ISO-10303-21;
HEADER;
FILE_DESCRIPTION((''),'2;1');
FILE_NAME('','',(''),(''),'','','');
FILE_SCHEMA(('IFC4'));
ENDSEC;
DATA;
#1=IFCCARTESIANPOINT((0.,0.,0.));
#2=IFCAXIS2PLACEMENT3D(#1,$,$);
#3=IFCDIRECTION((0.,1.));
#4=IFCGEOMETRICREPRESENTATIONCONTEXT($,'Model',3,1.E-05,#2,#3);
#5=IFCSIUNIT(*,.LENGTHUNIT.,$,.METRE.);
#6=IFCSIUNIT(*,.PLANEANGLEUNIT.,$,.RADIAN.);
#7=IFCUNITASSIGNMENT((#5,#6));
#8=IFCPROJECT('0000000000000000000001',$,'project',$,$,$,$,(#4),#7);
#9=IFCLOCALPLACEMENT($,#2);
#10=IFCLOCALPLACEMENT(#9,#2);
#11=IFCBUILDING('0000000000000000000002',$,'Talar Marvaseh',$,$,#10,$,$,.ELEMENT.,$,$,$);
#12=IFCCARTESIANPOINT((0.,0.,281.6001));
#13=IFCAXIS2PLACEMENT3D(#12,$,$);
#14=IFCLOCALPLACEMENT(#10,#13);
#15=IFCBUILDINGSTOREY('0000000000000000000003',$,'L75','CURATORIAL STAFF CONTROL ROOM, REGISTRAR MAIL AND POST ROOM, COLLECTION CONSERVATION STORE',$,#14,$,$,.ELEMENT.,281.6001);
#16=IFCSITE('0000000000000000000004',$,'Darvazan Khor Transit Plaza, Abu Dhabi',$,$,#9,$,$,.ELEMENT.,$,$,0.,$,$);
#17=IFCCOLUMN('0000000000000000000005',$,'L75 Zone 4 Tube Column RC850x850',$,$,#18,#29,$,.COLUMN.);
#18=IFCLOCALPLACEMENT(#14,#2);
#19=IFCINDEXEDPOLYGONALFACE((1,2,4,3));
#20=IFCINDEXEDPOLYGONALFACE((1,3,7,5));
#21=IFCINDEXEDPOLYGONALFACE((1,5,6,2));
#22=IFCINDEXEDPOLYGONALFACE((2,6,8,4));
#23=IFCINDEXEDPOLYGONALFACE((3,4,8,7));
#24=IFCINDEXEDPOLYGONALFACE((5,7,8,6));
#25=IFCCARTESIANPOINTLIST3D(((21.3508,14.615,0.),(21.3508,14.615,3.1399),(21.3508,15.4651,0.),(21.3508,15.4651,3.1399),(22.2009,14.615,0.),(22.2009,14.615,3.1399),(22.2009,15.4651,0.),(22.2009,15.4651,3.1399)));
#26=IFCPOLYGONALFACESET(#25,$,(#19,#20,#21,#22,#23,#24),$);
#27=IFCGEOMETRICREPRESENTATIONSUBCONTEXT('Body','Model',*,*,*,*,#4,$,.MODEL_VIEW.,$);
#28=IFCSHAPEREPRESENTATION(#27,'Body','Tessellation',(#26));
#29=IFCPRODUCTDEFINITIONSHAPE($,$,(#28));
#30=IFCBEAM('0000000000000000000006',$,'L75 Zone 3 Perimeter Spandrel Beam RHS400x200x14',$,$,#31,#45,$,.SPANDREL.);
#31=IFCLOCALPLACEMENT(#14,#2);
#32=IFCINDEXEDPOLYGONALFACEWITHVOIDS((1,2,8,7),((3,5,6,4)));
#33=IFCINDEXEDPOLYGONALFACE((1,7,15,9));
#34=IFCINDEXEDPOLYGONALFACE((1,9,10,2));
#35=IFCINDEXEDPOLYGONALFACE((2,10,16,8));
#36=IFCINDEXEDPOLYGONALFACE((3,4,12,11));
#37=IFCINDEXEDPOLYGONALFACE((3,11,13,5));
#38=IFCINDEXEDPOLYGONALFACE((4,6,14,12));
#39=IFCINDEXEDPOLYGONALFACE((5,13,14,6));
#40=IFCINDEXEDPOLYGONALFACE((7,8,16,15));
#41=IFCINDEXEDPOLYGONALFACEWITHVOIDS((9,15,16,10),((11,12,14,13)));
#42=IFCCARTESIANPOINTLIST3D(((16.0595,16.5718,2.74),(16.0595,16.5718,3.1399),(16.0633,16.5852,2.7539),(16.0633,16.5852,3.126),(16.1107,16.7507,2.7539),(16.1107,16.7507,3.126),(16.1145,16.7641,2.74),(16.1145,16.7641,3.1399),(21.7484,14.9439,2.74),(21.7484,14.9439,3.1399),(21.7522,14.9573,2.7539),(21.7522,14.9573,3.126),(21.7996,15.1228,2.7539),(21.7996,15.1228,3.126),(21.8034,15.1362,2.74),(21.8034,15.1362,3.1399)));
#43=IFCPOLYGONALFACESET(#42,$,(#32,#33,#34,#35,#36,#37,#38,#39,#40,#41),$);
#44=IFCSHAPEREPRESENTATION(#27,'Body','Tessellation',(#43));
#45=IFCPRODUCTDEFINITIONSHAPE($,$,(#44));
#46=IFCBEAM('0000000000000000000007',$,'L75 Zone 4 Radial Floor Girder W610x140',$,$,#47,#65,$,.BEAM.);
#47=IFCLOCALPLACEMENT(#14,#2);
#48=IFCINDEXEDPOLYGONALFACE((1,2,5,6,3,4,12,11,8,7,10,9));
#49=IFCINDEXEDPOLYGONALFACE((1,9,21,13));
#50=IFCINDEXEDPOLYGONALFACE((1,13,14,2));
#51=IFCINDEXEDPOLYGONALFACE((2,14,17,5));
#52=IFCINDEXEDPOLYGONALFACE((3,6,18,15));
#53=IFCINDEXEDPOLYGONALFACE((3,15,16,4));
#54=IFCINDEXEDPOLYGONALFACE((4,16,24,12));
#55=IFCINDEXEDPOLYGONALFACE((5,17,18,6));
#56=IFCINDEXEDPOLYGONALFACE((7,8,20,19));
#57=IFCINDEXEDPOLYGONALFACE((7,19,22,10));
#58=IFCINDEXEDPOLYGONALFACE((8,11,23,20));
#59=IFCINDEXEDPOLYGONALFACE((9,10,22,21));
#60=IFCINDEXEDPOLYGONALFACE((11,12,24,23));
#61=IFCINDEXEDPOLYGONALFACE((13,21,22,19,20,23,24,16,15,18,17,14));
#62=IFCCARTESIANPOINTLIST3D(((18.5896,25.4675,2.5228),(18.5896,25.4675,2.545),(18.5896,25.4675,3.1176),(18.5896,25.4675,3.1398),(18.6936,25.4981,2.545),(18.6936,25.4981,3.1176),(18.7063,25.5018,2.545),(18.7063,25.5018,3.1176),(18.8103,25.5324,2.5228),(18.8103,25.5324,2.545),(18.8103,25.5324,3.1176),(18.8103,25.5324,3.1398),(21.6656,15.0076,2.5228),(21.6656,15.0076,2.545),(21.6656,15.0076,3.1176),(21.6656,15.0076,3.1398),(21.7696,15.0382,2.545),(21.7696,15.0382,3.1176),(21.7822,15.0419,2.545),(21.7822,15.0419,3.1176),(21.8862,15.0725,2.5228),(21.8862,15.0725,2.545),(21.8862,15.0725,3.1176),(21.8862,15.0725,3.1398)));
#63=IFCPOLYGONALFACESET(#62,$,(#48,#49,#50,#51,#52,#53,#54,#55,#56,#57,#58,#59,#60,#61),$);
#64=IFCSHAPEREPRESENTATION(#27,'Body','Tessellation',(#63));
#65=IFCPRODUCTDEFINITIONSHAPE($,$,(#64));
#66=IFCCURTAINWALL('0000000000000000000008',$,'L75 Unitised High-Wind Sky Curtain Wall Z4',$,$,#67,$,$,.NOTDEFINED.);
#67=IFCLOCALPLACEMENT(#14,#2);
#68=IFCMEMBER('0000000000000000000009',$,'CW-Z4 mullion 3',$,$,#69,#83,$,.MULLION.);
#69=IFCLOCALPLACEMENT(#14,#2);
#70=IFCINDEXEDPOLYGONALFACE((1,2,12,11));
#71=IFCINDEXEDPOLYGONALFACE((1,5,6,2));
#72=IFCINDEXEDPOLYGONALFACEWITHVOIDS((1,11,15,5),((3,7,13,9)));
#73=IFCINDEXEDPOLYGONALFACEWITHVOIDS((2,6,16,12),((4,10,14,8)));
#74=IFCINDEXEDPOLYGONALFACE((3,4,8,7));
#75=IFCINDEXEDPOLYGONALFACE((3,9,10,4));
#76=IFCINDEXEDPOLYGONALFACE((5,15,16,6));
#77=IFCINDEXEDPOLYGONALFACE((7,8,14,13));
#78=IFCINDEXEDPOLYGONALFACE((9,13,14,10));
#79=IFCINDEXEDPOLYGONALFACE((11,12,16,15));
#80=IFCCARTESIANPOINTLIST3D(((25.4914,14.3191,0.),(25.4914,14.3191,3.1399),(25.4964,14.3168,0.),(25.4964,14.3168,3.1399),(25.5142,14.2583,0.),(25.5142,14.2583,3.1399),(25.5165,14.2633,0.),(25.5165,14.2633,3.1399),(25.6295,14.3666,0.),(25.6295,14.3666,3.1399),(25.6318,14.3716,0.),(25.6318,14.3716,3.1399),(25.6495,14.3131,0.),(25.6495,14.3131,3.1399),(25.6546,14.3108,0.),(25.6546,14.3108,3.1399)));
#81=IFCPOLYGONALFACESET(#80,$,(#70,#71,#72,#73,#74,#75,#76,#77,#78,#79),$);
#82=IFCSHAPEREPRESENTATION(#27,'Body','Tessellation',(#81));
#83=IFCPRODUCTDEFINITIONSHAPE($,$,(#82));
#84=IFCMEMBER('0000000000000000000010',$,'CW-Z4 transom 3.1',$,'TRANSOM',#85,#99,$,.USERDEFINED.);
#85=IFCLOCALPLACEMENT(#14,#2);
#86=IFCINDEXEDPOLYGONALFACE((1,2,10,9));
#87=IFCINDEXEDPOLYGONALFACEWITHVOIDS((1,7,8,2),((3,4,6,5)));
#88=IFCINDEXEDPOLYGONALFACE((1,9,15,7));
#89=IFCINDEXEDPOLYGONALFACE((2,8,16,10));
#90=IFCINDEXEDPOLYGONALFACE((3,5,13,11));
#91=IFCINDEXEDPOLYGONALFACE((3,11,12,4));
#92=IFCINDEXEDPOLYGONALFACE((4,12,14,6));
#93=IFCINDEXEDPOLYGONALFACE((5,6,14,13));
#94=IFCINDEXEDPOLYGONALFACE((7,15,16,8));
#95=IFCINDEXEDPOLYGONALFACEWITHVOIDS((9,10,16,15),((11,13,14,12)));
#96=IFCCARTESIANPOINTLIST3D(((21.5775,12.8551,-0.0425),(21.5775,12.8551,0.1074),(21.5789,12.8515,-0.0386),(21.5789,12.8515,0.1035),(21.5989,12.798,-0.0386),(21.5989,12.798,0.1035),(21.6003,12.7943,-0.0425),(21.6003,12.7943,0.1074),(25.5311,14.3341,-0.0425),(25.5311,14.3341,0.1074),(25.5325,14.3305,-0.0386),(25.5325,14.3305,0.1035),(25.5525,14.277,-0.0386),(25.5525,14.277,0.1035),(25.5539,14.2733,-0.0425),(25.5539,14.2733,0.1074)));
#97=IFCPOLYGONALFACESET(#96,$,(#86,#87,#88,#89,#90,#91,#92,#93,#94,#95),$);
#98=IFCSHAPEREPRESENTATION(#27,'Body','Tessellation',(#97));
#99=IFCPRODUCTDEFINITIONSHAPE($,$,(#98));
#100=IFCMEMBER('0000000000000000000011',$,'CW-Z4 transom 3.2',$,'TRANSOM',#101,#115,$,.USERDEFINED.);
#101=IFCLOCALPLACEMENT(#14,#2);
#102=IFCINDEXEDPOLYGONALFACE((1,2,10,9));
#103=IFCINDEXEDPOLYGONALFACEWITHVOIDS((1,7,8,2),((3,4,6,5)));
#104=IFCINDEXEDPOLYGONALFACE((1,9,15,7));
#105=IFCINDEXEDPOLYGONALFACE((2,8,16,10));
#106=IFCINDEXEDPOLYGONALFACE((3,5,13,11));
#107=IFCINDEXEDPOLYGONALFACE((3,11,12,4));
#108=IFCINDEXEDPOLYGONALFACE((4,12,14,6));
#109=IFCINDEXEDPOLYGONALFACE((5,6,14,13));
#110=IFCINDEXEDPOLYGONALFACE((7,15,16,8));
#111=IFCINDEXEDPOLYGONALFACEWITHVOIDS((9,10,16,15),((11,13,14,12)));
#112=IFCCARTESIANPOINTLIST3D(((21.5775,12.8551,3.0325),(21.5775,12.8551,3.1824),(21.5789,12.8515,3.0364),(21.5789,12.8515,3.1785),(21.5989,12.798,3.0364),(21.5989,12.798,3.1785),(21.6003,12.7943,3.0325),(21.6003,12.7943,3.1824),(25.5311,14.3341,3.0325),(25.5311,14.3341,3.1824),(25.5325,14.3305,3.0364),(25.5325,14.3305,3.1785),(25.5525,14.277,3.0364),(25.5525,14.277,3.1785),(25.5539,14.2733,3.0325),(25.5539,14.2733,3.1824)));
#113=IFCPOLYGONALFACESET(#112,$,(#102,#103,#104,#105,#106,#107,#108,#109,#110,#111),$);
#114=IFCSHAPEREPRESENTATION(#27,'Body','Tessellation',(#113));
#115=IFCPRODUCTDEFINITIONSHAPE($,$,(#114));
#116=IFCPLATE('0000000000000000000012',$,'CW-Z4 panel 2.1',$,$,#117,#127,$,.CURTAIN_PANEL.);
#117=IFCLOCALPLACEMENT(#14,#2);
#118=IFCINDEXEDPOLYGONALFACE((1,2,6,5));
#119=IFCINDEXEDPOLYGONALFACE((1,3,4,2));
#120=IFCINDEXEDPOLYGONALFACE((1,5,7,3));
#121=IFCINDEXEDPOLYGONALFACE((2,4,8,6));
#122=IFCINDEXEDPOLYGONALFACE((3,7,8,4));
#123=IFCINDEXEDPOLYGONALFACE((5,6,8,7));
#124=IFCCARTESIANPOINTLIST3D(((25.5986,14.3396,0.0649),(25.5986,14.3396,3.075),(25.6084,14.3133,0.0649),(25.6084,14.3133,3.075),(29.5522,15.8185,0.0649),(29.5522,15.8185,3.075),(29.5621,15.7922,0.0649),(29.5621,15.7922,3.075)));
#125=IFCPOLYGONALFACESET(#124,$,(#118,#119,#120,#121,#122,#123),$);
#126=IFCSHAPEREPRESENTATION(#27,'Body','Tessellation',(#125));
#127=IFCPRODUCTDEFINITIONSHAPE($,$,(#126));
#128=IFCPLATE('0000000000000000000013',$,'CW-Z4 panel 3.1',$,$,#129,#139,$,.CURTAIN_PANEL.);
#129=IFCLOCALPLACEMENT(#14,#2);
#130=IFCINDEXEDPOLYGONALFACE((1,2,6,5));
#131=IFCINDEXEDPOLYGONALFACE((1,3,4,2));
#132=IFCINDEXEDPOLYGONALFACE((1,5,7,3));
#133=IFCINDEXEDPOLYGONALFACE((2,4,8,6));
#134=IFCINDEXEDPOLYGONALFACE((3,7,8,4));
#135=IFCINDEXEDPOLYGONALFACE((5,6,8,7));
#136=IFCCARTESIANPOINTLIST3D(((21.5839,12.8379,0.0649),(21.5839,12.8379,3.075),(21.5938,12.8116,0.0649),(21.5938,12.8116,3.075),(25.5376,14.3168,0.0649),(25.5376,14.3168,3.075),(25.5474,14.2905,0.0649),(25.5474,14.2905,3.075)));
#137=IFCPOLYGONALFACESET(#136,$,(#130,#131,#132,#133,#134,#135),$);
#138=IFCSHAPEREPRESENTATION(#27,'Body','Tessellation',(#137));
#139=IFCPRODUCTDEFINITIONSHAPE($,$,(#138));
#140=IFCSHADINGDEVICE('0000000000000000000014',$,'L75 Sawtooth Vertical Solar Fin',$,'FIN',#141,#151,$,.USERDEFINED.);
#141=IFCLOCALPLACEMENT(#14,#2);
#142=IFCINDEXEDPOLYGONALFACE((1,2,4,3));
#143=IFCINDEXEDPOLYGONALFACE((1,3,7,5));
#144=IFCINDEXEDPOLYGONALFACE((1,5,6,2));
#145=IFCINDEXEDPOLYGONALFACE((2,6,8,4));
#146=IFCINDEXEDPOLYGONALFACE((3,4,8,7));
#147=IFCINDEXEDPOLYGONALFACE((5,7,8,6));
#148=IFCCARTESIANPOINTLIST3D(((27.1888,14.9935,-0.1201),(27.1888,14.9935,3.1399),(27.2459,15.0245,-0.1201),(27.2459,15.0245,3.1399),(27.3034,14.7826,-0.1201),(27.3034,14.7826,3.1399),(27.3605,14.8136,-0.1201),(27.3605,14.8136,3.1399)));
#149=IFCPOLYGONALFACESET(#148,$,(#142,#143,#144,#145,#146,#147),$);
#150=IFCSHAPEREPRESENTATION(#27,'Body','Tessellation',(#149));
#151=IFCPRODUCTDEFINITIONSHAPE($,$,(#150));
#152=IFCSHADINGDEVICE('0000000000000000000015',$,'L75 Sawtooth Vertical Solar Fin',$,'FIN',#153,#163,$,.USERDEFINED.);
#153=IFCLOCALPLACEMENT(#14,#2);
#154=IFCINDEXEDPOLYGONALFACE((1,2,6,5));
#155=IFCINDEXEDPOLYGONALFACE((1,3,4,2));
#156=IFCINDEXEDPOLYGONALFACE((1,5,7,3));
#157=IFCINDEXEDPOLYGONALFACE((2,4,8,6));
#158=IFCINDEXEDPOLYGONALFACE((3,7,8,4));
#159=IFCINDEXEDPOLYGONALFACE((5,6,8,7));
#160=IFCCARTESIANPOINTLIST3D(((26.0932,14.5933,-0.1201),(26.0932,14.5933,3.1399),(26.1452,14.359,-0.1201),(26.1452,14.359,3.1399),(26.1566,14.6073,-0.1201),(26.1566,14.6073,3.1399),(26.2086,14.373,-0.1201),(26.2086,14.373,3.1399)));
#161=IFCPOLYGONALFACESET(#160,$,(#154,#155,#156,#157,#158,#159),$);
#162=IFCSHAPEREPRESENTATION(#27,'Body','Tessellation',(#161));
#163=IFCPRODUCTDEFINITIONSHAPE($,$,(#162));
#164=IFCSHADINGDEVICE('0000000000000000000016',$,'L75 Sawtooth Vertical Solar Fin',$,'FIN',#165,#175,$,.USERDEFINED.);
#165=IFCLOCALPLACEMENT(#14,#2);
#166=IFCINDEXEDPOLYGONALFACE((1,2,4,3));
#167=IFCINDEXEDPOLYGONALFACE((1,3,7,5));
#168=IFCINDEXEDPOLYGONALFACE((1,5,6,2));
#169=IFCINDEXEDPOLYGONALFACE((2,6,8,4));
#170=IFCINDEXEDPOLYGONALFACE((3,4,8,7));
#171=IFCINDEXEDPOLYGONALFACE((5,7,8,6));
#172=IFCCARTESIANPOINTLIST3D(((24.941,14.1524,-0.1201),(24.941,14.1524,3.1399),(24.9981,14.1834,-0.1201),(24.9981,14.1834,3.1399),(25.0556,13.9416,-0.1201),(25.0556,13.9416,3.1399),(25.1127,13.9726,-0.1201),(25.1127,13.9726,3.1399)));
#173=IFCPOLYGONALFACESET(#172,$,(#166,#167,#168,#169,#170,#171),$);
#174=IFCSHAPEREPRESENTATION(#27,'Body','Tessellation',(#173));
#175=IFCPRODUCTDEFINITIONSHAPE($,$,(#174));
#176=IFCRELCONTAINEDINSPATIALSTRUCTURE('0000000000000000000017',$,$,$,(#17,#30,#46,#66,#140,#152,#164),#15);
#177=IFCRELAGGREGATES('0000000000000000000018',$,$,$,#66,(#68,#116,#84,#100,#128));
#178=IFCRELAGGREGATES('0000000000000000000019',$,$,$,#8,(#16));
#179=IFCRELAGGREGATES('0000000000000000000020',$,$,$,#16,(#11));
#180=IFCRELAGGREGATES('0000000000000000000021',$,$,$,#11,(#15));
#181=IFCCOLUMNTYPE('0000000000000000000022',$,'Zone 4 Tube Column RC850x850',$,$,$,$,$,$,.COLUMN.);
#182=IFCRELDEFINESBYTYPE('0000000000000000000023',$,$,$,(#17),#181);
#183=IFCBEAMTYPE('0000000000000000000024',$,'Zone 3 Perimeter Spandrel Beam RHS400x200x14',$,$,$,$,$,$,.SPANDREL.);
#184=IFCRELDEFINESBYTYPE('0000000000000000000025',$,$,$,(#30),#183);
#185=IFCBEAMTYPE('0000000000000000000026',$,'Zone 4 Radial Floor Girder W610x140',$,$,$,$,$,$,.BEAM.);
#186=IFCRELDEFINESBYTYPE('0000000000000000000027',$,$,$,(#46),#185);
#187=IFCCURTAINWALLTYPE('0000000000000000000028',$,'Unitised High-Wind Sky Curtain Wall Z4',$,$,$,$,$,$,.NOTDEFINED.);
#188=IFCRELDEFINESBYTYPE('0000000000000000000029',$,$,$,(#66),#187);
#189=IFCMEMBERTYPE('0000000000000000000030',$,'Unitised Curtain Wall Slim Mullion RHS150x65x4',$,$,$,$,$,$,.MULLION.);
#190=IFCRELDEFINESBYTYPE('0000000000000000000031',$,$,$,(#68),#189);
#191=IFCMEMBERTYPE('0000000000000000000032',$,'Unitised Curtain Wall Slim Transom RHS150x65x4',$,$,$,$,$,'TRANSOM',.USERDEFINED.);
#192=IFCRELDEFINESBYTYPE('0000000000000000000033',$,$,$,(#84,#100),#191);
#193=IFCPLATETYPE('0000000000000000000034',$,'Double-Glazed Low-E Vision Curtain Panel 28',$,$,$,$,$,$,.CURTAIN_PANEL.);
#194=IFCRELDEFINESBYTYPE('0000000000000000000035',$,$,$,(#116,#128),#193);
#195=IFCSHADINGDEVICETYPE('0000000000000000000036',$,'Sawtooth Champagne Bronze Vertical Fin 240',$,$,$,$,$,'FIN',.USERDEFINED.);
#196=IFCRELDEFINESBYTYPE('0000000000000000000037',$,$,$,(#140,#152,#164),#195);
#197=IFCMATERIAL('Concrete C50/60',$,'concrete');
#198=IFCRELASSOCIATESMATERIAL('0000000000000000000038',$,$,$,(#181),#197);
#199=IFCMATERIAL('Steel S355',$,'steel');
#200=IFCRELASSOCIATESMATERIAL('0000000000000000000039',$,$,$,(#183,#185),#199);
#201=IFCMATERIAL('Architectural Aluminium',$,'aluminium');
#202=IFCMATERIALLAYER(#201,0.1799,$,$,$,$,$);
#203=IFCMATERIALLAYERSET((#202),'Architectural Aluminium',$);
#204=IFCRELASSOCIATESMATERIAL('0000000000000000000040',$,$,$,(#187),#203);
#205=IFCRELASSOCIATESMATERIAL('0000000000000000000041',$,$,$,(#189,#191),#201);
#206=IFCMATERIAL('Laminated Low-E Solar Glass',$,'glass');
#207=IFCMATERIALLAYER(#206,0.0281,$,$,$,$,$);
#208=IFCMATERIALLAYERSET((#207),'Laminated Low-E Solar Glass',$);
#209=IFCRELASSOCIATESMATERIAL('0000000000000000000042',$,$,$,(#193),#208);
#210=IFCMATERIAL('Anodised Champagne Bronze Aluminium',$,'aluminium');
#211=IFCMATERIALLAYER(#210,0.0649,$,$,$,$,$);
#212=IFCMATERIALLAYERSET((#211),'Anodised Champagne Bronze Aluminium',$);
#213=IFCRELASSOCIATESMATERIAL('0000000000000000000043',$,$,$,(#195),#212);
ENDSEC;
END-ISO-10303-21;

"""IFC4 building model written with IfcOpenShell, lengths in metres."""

from ifc_helpers import new_model, si_unit, direction, frame, origin, origin_2d, place, context, subcontext, project, spatial, rectangle, hollow_rectangle, i_section, extrude, source, transform, mapped, material, layer, layer_set, material_profile, profile_set, type_object, type_shapes, element, aggregate, save


model = new_model("IFC4")

# Units and contexts
model_context = context("Model", 3, precision=1e-05, world=origin(), true_north=direction((0.0, 1.0)))
body_context = subcontext(model_context, "Body", "Model", "MODEL_VIEW")
ifc_project = project(units=[si_unit("LENGTHUNIT", "METRE"), si_unit("PLANEANGLEUNIT", "RADIAN")], contexts=[model_context])

# Site, building, storey
site_placement = place(None, origin())
site = spatial("IfcSite", under=ifc_project, at=site_placement, Name="Darvazan Khor Transit Plaza, Abu Dhabi", CompositionType="ELEMENT", RefElevation=0.0)
building_placement = place(site_placement, origin())
building = spatial("IfcBuilding", under=site, at=building_placement, Name="Talar Marvaseh", CompositionType="ELEMENT")
storey_placement = place(building_placement, frame((0.0, 0.0, 281.6001)))
storey = spatial("IfcBuildingStorey", under=building, at=storey_placement, Name="L75", Description="CURATORIAL STAFF CONTROL ROOM, REGISTRAR MAIL AND POST ROOM, COLLECTION CONSERVATION STORE", CompositionType="ELEMENT", Elevation=281.6001)

# Column
ifc_material_1 = material(Name="Concrete C50/60", Category="concrete")
ifc_material_profile_1 = material_profile(ifc_material_1, rectangle(XDim=0.8501, YDim=0.8501, at=origin_2d()), Name="RC850x850")
ifc_profile_set_1 = profile_set([ifc_material_profile_1], Name="Concrete C50/60")
column_type = type_object("IfcColumnType", Name="Zone 4 Tube Column RC850x850", PredefinedType="COLUMN", material=ifc_profile_set_1)
column_placement = place(storey_placement, frame((21.7759, 15.04, 0.0), z_axis=(0.0, 0.0, 1.0), x_axis=(1.0, 0.0, 0.0)))
element("IfcColumn", 1, at=column_placement, inside=storey, type_object=column_type, Name="L75 Zone 4 Tube Column RC850x850", PredefinedType="COLUMN", context=body_context, shape_type="SweptSolid", body=[
    extrude(rectangle(XDim=0.8501, YDim=0.8501, at=origin_2d()), origin(), (0.0, 0.0, 1.0), 3.1399),
])

# Beams
ifc_material_2 = material(Name="Steel S355", Category="steel")
ifc_material_profile_2 = material_profile(ifc_material_2, hollow_rectangle(XDim=0.2, YDim=0.3999, WallThickness=0.0139, at=origin_2d()), Name="RHS400x200x14")
ifc_profile_set_2 = profile_set([ifc_material_profile_2], Name="Steel S355")
beam_type_1 = type_object("IfcBeamType", Name="Zone 3 Perimeter Spandrel Beam RHS400x200x14", PredefinedType="SPANDREL", material=ifc_profile_set_2)
beam_1_placement = place(storey_placement, frame((21.7759, 15.04, 2.9399), z_axis=(-0.961412, 0.275113, 0.0), x_axis=(-0.275113, -0.961412, 0.0)))
element("IfcBeam", 2, at=beam_1_placement, inside=storey, type_object=beam_type_1, Name="L75 Zone 3 Perimeter Spandrel Beam RHS400x200x14", PredefinedType="SPANDREL", context=body_context, shape_type="SweptSolid", body=[
    extrude(hollow_rectangle(XDim=0.2, YDim=0.3999, WallThickness=0.0139, at=origin_2d()), origin(), (0.0, 0.0, 1.0), 5.9172),
])
ifc_material_profile_3 = material_profile(ifc_material_2, i_section(OverallWidth=0.23, OverallDepth=0.6169, WebThickness=0.0132, FlangeThickness=0.0222, at=origin_2d()), Name="W610x140")
ifc_profile_set_3 = profile_set([ifc_material_profile_3], Name="Steel S355")
beam_type_2 = type_object("IfcBeamType", Name="Zone 4 Radial Floor Girder W610x140", PredefinedType="BEAM", material=ifc_profile_set_3)
beam_2_placement = place(storey_placement, frame((21.7759, 15.04, 2.8313), z_axis=(-0.282121, 0.959379, 0.0), x_axis=(-0.959379, -0.282121, 0.0)))
element("IfcBeam", 3, at=beam_2_placement, inside=storey, type_object=beam_type_2, Name="L75 Zone 4 Radial Floor Girder W610x140", PredefinedType="BEAM", context=body_context, shape_type="SweptSolid", body=[
    extrude(i_section(OverallWidth=0.23, OverallDepth=0.6169, WebThickness=0.0132, FlangeThickness=0.0222, at=origin_2d()), origin(), (0.0, 0.0, 1.0), 10.9028),
])

# Curtain wall, members, plates
ifc_material_3 = material(Name="Architectural Aluminium", Category="aluminium")
ifc_layer_1 = layer(ifc_material_3, 0.1799)
ifc_layer_set_1 = layer_set([ifc_layer_1], Name="Architectural Aluminium")
curtain_wall_type = type_object("IfcCurtainWallType", Name="Unitised High-Wind Sky Curtain Wall Z4", PredefinedType="NOTDEFINED", material=ifc_layer_set_1)
curtain_wall_placement = place(storey_placement, origin())
curtain_wall = element("IfcCurtainWall", 4, at=curtain_wall_placement, inside=storey, type_object=curtain_wall_type, Name="L75 Unitised High-Wind Sky Curtain Wall Z4", PredefinedType="NOTDEFINED")
ifc_material_profile_4 = material_profile(ifc_material_3, hollow_rectangle(XDim=0.0649, YDim=0.1499, WallThickness=0.0039, at=origin_2d()), Name="RHS150x65x4")
ifc_profile_set_4 = profile_set([ifc_material_profile_4], Name="Architectural Aluminium")
member_type_1 = type_object("IfcMemberType", Name="Unitised Curtain Wall Slim Mullion RHS150x65x4", PredefinedType="MULLION", material=ifc_profile_set_4)
shared_shape_1 = source(origin(), body_context, "Body", "SweptSolid", [
    extrude(hollow_rectangle(XDim=0.0649, YDim=0.1499, WallThickness=0.0039, at=origin_2d()), origin(), (0.0, 0.0, 1.0), 3.1399),
])
type_shapes(member_type_1, [shared_shape_1])
member_1_placement = place(storey_placement, frame((25.573, 14.3149, 0.0), z_axis=(0.0, 0.0, 1.0), x_axis=(0.350351, -0.936618, 0.0)))
member_1 = element("IfcMember", 5, at=member_1_placement, type_object=member_type_1, Name="CW-Z4 mullion 3", PredefinedType="MULLION", context=body_context, shape_type="MappedRepresentation", body=[
    mapped(shared_shape_1, transform((0.0, 0.0, 0.0), x_axis=(1.0, 0.0, 0.0), y_axis=(0.0, 1.0, 0.0), z_axis=(0.0, 0.0, 1.0), scale=1.0)),
])
ifc_material_profile_5 = material_profile(ifc_material_3, hollow_rectangle(XDim=0.0649, YDim=0.1499, WallThickness=0.0039, at=origin_2d()), Name="RHS150x65x4")
ifc_profile_set_5 = profile_set([ifc_material_profile_5], Name="Architectural Aluminium")
member_type_2 = type_object("IfcMemberType", Name="Unitised Curtain Wall Slim Transom RHS150x65x4", ElementType="TRANSOM", PredefinedType="USERDEFINED", material=ifc_profile_set_5)
shared_shape_2 = source(origin(), body_context, "Body", "SweptSolid", [
    extrude(hollow_rectangle(XDim=0.0649, YDim=0.1499, WallThickness=0.0039, at=origin_2d()), origin(), (0.0, 0.0, 1.0), 4.2212),
])
type_shapes(member_type_2, [shared_shape_2])
member_2_placement = place(storey_placement, frame((25.5425, 14.3037, 0.0325), z_axis=(-0.936609, -0.350375, 0.0), x_axis=(0.350375, -0.936609, 0.0)))
member_2 = element("IfcMember", 6, at=member_2_placement, type_object=member_type_2, Name="CW-Z4 transom 3.1", ObjectType="TRANSOM", PredefinedType="USERDEFINED", context=body_context, shape_type="MappedRepresentation", body=[
    mapped(shared_shape_2, transform((0.0, 0.0, 0.0), x_axis=(1.0, 0.0, 0.0), y_axis=(0.0, 1.0, 0.0), z_axis=(0.0, 0.0, 1.0), scale=1.0)),
])
member_3_placement = place(storey_placement, frame((25.5425, 14.3037, 3.1074), z_axis=(-0.936609, -0.350375, 0.0), x_axis=(0.350375, -0.936609, 0.0)))
member_3 = element("IfcMember", 7, at=member_3_placement, type_object=member_type_2, Name="CW-Z4 transom 3.2", ObjectType="TRANSOM", PredefinedType="USERDEFINED", context=body_context, shape_type="MappedRepresentation", body=[
    mapped(shared_shape_2, transform((0.0, 0.0, 0.0), x_axis=(1.0, 0.0, 0.0), y_axis=(0.0, 1.0, 0.0), z_axis=(0.0, 0.0, 1.0), scale=1.0)),
])
ifc_material_4 = material(Name="Laminated Low-E Solar Glass", Category="glass")
ifc_layer_2 = layer(ifc_material_4, 0.0281)
ifc_layer_set_2 = layer_set([ifc_layer_2], Name="Laminated Low-E Solar Glass")
plate_type = type_object("IfcPlateType", Name="Double-Glazed Low-E Vision Curtain Panel 28", PredefinedType="CURTAIN_PANEL", material=ifc_layer_set_2)
shared_shape_3 = source(origin(), body_context, "Body", "SweptSolid", [
    extrude(rectangle(XDim=4.2212, YDim=0.0281, at=origin_2d()), origin(), (0.0, 0.0, 1.0), 3.01),
])
type_shapes(plate_type, [shared_shape_3])
plate_1_placement = place(storey_placement, frame((27.5803, 15.0659, 0.0649), z_axis=(0.0, 0.0, 1.0), x_axis=(-0.936618, -0.350351, 0.0)))
plate_1 = element("IfcPlate", 8, at=plate_1_placement, type_object=plate_type, Name="CW-Z4 panel 2.1", PredefinedType="CURTAIN_PANEL", context=body_context, shape_type="MappedRepresentation", body=[
    mapped(shared_shape_3, transform((0.0, 0.0, 0.0), x_axis=(1.0, 0.0, 0.0), y_axis=(0.0, 1.0, 0.0), z_axis=(0.0, 0.0, 1.0), scale=1.0)),
])
plate_2_placement = place(storey_placement, frame((23.5657, 13.5642, 0.0649), z_axis=(0.0, 0.0, 1.0), x_axis=(-0.936618, -0.350351, 0.0)))
plate_2 = element("IfcPlate", 9, at=plate_2_placement, type_object=plate_type, Name="CW-Z4 panel 3.1", PredefinedType="CURTAIN_PANEL", context=body_context, shape_type="MappedRepresentation", body=[
    mapped(shared_shape_3, transform((0.0, 0.0, 0.0), x_axis=(1.0, 0.0, 0.0), y_axis=(0.0, 1.0, 0.0), z_axis=(0.0, 0.0, 1.0), scale=1.0)),
])
aggregate(curtain_wall, [member_1, plate_1, member_2, member_3, plate_2])

# Shading devices
ifc_material_5 = material(Name="Anodised Champagne Bronze Aluminium", Category="aluminium")
ifc_layer_3 = layer(ifc_material_5, 0.0649)
ifc_layer_set_3 = layer_set([ifc_layer_3], Name="Anodised Champagne Bronze Aluminium")
shading_device_type = type_object("IfcShadingDeviceType", Name="Sawtooth Champagne Bronze Vertical Fin 240", ElementType="FIN", PredefinedType="USERDEFINED", material=ifc_layer_set_3)
shared_shape_4 = source(origin(), body_context, "Body", "SweptSolid", [
    extrude(rectangle(XDim=0.24, YDim=0.0649, at=origin_2d()), origin(), (0.0, 0.0, 1.0), 3.26),
])
type_shapes(shading_device_type, [shared_shape_4])
for number, where, z_axis, x_axis, name in (
    (10, (27.2747, 14.9036, -0.1201), (0.0, 0.0, 1.0), (0.477312, -0.878734, 0.0), "L75 Sawtooth Vertical Solar Fin"),
    (11, (26.1509, 14.4832, -0.1201), (0.0, 0.0, 1.0), (0.21661, -0.976258, 0.0), "L75 Sawtooth Vertical Solar Fin"),
    (12, (25.0269, 14.0625, -0.1201), (0.0, 0.0, 1.0), (0.477312, -0.878734, 0.0), "L75 Sawtooth Vertical Solar Fin"),
):
    element("IfcShadingDevice", number, at=place(storey_placement, frame(where, z_axis=z_axis, x_axis=x_axis)), inside=storey, type_object=shading_device_type, Name=name, ObjectType="FIN", PredefinedType="USERDEFINED", context=body_context, shape_type="MappedRepresentation", body=[
        mapped(shared_shape_4, transform((0.0, 0.0, 0.0), x_axis=(1.0, 0.0, 0.0), y_axis=(0.0, 1.0, 0.0), z_axis=(0.0, 0.0, 1.0), scale=1.0)),
    ])

save(model, "model.ifc")
